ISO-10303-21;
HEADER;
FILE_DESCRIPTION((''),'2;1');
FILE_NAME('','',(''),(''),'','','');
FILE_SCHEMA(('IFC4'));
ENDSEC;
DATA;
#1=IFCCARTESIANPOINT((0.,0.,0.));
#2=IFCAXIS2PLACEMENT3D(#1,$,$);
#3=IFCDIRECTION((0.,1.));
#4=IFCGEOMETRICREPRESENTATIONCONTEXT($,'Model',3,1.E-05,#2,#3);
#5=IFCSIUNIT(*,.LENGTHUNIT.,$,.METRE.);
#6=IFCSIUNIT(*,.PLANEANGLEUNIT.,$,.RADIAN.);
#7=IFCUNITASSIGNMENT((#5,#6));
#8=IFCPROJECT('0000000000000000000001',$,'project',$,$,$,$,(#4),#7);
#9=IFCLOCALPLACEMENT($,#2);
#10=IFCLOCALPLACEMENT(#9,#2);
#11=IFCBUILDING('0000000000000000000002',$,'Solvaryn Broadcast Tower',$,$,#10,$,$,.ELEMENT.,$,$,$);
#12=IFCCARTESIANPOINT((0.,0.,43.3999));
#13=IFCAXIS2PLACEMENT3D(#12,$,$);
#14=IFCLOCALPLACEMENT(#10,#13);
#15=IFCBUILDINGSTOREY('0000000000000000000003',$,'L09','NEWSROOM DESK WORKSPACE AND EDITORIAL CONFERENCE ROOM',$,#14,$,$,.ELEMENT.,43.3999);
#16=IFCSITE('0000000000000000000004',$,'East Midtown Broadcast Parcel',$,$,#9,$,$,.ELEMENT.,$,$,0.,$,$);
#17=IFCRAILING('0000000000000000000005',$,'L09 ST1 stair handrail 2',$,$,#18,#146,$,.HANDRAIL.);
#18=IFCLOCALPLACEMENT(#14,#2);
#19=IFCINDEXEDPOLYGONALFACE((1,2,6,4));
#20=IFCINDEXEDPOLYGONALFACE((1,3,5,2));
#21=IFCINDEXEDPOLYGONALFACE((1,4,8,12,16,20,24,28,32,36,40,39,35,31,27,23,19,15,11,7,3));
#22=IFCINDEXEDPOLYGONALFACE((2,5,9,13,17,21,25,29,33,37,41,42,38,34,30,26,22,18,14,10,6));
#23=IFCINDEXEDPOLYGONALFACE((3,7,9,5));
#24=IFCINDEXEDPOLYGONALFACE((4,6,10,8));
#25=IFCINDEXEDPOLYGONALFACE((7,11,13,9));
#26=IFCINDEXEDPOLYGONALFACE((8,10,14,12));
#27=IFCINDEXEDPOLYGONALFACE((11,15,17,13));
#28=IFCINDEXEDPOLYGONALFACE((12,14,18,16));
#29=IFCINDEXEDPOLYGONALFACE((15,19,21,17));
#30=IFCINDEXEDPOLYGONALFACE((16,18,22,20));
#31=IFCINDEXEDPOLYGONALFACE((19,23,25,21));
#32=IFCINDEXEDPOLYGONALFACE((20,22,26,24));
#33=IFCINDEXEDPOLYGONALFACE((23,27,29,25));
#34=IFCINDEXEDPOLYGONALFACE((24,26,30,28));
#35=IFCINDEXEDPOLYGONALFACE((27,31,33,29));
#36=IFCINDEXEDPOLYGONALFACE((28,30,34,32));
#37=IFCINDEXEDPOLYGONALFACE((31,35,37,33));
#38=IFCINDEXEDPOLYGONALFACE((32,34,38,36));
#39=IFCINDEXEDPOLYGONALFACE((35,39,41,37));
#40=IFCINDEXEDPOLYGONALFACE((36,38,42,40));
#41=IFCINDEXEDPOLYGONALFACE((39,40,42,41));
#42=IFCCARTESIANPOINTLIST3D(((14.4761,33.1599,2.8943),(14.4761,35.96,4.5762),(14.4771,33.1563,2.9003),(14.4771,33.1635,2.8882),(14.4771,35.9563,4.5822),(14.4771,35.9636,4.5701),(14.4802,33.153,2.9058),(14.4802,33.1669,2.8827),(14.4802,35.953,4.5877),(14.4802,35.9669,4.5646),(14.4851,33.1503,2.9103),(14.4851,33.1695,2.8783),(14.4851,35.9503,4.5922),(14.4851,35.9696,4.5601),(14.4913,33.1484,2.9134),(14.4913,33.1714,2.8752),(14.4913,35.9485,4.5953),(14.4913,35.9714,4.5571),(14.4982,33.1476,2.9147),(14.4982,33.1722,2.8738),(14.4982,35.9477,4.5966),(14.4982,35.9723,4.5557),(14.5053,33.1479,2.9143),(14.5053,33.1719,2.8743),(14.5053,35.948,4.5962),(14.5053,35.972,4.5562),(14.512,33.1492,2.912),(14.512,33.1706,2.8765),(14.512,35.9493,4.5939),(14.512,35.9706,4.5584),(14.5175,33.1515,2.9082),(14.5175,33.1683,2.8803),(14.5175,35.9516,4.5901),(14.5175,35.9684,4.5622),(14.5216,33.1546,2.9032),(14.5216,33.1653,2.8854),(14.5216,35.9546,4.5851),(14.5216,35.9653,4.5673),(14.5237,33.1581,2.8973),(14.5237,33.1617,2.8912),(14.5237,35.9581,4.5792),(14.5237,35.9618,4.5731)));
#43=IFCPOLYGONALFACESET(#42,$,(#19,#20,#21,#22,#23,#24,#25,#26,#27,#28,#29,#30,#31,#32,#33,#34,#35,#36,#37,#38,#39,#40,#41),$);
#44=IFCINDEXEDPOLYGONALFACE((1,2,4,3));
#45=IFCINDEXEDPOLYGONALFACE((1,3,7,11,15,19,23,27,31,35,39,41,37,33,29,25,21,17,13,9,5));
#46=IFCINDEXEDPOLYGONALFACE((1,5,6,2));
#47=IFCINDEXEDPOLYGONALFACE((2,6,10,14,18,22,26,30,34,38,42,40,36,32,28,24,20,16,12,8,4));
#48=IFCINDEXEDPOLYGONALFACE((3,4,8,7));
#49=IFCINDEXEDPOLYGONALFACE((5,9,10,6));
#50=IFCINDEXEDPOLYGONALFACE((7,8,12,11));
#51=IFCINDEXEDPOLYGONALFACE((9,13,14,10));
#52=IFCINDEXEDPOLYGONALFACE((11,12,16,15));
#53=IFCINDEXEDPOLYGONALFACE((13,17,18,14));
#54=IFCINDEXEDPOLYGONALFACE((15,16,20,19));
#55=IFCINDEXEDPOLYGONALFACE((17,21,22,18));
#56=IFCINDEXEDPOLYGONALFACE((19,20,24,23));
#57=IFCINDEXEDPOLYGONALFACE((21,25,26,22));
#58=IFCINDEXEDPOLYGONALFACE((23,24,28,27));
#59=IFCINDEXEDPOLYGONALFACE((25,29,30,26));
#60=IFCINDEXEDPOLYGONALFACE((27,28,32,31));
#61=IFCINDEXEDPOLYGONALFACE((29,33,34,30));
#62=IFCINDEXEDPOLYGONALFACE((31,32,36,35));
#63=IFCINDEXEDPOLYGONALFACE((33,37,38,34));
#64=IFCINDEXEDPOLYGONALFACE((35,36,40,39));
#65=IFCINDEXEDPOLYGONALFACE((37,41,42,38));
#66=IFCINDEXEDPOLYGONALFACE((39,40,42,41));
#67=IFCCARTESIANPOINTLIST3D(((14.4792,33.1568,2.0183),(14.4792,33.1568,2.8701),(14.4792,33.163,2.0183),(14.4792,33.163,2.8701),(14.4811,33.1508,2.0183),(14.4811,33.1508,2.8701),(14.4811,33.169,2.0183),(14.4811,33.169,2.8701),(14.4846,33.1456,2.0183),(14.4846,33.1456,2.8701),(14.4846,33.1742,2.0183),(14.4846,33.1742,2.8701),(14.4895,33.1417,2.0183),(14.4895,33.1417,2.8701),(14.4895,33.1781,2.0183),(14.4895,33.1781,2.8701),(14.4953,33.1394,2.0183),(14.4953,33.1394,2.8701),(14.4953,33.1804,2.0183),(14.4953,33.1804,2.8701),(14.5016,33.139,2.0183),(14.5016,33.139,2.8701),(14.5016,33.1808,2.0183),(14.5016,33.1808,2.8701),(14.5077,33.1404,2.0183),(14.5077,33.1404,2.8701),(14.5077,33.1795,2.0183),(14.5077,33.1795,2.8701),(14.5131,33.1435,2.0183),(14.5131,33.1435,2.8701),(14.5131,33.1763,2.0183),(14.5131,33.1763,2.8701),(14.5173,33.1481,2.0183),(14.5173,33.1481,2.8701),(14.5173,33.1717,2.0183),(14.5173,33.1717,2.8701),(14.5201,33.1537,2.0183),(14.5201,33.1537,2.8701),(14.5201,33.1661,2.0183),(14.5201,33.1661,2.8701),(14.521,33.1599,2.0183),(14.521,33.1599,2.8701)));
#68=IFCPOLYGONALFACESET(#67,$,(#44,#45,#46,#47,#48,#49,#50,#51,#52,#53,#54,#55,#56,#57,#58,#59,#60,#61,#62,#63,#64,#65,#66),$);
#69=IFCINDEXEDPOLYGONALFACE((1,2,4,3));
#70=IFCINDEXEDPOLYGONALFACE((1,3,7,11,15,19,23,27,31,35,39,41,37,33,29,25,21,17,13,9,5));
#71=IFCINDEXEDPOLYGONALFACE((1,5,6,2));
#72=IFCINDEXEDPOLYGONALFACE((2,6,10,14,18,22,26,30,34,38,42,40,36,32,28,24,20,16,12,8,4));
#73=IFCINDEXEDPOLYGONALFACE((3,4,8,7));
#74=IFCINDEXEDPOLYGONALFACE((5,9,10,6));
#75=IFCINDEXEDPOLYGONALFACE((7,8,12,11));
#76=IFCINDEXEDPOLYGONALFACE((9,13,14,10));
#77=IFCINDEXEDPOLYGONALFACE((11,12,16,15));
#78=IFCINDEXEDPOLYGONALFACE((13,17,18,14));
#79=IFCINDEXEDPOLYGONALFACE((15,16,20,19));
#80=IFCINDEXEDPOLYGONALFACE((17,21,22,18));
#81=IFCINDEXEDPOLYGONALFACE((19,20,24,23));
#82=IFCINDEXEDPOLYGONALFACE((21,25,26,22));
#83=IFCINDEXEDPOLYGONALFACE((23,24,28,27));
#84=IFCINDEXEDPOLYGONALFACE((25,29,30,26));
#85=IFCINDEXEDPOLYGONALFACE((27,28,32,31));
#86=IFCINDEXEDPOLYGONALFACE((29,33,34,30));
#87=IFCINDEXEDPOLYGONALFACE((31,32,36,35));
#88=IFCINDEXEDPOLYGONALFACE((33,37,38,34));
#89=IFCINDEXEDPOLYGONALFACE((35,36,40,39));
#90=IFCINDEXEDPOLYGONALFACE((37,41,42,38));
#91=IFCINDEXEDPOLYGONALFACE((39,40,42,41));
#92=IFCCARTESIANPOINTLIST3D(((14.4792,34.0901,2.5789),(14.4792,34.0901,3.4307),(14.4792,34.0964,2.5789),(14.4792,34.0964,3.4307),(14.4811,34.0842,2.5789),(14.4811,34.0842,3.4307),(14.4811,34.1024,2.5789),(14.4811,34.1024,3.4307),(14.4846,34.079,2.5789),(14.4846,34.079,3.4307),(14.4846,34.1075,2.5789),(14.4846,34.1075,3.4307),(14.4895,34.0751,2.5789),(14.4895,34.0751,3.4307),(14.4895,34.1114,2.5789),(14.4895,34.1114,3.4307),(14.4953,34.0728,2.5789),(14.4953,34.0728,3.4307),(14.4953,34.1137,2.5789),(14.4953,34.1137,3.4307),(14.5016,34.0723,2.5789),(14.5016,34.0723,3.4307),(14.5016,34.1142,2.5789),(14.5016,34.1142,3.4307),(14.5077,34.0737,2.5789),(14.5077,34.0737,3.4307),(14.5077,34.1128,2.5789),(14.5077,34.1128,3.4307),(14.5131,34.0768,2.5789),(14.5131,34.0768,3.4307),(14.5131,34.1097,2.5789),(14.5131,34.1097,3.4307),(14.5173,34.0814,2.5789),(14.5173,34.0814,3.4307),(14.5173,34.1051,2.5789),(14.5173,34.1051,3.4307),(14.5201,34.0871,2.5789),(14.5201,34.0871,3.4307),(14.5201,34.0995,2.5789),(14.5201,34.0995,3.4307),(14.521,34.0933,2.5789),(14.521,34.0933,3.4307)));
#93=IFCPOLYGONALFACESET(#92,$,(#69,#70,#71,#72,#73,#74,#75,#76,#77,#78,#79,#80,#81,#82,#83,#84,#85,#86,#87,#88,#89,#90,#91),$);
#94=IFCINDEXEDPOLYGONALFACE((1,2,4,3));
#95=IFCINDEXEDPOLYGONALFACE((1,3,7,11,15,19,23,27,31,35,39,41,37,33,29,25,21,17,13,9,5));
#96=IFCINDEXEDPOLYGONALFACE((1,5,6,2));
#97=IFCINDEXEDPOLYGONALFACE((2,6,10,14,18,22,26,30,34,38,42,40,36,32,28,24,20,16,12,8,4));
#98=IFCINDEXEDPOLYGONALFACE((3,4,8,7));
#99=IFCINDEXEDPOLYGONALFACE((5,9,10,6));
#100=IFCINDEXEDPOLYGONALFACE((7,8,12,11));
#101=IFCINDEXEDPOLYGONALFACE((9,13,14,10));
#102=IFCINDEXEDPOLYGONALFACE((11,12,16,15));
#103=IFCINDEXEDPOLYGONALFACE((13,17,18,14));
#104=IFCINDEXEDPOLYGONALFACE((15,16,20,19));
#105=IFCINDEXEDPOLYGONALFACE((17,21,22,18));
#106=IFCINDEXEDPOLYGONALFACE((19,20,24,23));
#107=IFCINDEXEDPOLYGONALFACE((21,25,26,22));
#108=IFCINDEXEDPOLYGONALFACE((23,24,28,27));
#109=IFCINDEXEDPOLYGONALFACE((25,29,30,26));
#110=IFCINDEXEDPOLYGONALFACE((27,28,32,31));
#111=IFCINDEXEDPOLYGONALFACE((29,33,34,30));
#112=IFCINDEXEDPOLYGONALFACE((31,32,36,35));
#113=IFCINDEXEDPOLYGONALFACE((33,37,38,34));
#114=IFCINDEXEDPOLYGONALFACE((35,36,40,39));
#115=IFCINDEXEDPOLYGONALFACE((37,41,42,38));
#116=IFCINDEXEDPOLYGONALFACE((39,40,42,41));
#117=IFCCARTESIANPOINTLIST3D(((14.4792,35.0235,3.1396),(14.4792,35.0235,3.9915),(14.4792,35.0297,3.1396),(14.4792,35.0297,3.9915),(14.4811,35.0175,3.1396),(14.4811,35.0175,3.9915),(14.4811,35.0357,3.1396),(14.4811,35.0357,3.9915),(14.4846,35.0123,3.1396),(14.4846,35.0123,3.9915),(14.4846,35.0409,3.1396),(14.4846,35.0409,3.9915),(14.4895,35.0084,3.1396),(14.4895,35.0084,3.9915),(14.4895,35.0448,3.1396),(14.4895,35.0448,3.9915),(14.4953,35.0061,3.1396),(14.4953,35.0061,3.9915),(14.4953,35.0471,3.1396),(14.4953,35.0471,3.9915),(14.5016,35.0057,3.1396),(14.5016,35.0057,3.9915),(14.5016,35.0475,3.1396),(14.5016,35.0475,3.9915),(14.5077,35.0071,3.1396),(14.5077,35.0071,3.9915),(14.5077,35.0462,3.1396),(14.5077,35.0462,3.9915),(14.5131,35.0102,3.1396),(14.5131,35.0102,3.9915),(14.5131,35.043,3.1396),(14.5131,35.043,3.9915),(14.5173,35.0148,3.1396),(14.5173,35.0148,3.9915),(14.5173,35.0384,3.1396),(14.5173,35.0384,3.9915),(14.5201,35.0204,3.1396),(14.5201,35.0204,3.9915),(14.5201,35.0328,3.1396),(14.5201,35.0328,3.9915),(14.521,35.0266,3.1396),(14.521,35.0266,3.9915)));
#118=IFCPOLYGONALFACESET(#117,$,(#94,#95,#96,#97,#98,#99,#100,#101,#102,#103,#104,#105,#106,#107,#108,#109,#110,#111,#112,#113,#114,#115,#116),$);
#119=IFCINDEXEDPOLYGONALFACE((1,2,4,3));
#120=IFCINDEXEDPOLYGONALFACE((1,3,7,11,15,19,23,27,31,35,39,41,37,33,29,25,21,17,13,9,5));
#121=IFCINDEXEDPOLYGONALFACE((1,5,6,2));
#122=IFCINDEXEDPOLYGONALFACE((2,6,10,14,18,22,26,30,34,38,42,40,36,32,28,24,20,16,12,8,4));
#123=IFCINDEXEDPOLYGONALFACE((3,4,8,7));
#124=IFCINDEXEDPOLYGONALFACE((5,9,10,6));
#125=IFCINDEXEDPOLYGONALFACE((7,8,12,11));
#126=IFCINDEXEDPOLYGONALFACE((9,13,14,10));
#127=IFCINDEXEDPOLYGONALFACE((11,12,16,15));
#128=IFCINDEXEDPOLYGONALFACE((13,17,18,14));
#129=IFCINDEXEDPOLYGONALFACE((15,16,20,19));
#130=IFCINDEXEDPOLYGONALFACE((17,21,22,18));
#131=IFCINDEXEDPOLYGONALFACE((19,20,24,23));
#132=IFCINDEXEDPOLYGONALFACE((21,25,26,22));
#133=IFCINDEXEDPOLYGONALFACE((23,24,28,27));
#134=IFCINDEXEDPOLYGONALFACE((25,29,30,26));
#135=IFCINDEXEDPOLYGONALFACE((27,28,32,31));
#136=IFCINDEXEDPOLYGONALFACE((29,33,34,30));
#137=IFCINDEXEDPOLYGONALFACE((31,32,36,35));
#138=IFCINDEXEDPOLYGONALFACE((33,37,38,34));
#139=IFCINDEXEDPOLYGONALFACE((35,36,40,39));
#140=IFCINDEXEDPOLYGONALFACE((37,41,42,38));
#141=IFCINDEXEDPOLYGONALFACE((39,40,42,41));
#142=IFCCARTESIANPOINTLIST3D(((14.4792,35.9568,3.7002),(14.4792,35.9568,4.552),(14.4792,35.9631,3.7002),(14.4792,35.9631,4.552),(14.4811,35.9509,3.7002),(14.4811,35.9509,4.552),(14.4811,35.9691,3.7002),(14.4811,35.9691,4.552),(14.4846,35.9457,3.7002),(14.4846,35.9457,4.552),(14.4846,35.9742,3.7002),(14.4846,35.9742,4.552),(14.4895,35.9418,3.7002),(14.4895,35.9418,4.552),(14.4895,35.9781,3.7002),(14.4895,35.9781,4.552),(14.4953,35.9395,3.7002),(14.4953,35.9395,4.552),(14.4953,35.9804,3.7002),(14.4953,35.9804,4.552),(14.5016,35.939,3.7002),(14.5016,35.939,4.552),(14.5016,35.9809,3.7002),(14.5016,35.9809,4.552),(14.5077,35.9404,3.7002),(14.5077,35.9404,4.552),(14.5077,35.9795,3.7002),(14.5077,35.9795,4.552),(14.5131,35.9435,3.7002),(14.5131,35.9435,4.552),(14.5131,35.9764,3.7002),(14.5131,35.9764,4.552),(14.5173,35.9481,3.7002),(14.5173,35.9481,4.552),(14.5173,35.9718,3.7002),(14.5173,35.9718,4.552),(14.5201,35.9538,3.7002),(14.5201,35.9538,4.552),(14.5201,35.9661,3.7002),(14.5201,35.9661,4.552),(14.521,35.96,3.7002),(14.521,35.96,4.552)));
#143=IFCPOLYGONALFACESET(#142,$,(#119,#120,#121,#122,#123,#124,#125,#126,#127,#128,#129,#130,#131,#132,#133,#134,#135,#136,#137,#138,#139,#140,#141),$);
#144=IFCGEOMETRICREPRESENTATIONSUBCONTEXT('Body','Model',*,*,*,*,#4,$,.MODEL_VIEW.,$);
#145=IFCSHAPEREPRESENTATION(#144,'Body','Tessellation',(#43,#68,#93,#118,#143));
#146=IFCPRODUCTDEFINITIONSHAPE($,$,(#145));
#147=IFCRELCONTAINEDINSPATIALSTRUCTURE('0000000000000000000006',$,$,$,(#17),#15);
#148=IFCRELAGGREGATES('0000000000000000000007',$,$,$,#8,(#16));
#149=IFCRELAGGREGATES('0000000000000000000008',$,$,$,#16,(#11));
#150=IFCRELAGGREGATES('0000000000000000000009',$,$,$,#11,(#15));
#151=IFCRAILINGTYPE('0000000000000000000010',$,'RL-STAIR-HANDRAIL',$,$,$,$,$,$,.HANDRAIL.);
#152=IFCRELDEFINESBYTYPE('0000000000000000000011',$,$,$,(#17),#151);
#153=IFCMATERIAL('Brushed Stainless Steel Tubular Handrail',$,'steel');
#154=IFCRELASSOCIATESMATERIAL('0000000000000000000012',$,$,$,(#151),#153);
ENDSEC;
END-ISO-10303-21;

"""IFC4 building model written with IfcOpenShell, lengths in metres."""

from ifc_helpers import new_model, si_unit, direction, frame, origin, origin_2d, place, context, subcontext, project, spatial, circle, extrude, material, type_object, element, save


model = new_model("IFC4")

# Units and contexts
model_context = context("Model", 3, precision=1e-05, world=origin(), true_north=direction((0.0, 1.0)))
body_context = subcontext(model_context, "Body", "Model", "MODEL_VIEW")
ifc_project = project(units=[si_unit("LENGTHUNIT", "METRE"), si_unit("PLANEANGLEUNIT", "RADIAN")], contexts=[model_context])

# Site, building, storey
site_placement = place(None, origin())
site = spatial("IfcSite", under=ifc_project, at=site_placement, Name="East Midtown Broadcast Parcel", CompositionType="ELEMENT", RefElevation=0.0)
building_placement = place(site_placement, origin())
building = spatial("IfcBuilding", under=site, at=building_placement, Name="Solvaryn Broadcast Tower", CompositionType="ELEMENT")
storey_placement = place(building_placement, frame((0.0, 0.0, 43.3999)))
storey = spatial("IfcBuildingStorey", under=building, at=storey_placement, Name="L09", Description="NEWSROOM DESK WORKSPACE AND EDITORIAL CONFERENCE ROOM", CompositionType="ELEMENT", Elevation=43.3999)

# Railing
ifc_material_1 = material(Name="Brushed Stainless Steel Tubular Handrail", Category="steel")
railing_type_1 = type_object("IfcRailingType", Name="RL-STAIR-HANDRAIL", PredefinedType="HANDRAIL", material=ifc_material_1)
railing_1_placement = place(storey_placement, frame((14.5, 33.1599, 2.0183)))
element("IfcRailing", 1, at=railing_1_placement, inside=storey, type_object=railing_type_1, Name="L09 ST1 stair handrail 2", PredefinedType="HANDRAIL", context=body_context, shape_type="SweptSolid", body=[
    extrude(circle(Radius=0.0239, at=origin_2d()), frame((0.0, 0.0, 0.876), z_axis=(0.0, 0.857242, 0.514913), x_axis=(-1.0, 0.0, 0.0)), (0.0, 0.0, 1.0), 3.2664),
    extrude(circle(Radius=0.021, at=origin_2d()), origin(), (0.0, 0.0, 1.0), 0.8518),
    extrude(circle(Radius=0.021, at=origin_2d()), frame((0.0, 0.9333, 0.5605)), (0.0, 0.0, 1.0), 0.8518),
    extrude(circle(Radius=0.021, at=origin_2d()), frame((0.0, 1.8667, 1.1213)), (0.0, 0.0, 1.0), 0.8518),
    extrude(circle(Radius=0.021, at=origin_2d()), frame((0.0, 2.8, 1.6819)), (0.0, 0.0, 1.0), 0.8518),
])

save(model, "model.ifc")
